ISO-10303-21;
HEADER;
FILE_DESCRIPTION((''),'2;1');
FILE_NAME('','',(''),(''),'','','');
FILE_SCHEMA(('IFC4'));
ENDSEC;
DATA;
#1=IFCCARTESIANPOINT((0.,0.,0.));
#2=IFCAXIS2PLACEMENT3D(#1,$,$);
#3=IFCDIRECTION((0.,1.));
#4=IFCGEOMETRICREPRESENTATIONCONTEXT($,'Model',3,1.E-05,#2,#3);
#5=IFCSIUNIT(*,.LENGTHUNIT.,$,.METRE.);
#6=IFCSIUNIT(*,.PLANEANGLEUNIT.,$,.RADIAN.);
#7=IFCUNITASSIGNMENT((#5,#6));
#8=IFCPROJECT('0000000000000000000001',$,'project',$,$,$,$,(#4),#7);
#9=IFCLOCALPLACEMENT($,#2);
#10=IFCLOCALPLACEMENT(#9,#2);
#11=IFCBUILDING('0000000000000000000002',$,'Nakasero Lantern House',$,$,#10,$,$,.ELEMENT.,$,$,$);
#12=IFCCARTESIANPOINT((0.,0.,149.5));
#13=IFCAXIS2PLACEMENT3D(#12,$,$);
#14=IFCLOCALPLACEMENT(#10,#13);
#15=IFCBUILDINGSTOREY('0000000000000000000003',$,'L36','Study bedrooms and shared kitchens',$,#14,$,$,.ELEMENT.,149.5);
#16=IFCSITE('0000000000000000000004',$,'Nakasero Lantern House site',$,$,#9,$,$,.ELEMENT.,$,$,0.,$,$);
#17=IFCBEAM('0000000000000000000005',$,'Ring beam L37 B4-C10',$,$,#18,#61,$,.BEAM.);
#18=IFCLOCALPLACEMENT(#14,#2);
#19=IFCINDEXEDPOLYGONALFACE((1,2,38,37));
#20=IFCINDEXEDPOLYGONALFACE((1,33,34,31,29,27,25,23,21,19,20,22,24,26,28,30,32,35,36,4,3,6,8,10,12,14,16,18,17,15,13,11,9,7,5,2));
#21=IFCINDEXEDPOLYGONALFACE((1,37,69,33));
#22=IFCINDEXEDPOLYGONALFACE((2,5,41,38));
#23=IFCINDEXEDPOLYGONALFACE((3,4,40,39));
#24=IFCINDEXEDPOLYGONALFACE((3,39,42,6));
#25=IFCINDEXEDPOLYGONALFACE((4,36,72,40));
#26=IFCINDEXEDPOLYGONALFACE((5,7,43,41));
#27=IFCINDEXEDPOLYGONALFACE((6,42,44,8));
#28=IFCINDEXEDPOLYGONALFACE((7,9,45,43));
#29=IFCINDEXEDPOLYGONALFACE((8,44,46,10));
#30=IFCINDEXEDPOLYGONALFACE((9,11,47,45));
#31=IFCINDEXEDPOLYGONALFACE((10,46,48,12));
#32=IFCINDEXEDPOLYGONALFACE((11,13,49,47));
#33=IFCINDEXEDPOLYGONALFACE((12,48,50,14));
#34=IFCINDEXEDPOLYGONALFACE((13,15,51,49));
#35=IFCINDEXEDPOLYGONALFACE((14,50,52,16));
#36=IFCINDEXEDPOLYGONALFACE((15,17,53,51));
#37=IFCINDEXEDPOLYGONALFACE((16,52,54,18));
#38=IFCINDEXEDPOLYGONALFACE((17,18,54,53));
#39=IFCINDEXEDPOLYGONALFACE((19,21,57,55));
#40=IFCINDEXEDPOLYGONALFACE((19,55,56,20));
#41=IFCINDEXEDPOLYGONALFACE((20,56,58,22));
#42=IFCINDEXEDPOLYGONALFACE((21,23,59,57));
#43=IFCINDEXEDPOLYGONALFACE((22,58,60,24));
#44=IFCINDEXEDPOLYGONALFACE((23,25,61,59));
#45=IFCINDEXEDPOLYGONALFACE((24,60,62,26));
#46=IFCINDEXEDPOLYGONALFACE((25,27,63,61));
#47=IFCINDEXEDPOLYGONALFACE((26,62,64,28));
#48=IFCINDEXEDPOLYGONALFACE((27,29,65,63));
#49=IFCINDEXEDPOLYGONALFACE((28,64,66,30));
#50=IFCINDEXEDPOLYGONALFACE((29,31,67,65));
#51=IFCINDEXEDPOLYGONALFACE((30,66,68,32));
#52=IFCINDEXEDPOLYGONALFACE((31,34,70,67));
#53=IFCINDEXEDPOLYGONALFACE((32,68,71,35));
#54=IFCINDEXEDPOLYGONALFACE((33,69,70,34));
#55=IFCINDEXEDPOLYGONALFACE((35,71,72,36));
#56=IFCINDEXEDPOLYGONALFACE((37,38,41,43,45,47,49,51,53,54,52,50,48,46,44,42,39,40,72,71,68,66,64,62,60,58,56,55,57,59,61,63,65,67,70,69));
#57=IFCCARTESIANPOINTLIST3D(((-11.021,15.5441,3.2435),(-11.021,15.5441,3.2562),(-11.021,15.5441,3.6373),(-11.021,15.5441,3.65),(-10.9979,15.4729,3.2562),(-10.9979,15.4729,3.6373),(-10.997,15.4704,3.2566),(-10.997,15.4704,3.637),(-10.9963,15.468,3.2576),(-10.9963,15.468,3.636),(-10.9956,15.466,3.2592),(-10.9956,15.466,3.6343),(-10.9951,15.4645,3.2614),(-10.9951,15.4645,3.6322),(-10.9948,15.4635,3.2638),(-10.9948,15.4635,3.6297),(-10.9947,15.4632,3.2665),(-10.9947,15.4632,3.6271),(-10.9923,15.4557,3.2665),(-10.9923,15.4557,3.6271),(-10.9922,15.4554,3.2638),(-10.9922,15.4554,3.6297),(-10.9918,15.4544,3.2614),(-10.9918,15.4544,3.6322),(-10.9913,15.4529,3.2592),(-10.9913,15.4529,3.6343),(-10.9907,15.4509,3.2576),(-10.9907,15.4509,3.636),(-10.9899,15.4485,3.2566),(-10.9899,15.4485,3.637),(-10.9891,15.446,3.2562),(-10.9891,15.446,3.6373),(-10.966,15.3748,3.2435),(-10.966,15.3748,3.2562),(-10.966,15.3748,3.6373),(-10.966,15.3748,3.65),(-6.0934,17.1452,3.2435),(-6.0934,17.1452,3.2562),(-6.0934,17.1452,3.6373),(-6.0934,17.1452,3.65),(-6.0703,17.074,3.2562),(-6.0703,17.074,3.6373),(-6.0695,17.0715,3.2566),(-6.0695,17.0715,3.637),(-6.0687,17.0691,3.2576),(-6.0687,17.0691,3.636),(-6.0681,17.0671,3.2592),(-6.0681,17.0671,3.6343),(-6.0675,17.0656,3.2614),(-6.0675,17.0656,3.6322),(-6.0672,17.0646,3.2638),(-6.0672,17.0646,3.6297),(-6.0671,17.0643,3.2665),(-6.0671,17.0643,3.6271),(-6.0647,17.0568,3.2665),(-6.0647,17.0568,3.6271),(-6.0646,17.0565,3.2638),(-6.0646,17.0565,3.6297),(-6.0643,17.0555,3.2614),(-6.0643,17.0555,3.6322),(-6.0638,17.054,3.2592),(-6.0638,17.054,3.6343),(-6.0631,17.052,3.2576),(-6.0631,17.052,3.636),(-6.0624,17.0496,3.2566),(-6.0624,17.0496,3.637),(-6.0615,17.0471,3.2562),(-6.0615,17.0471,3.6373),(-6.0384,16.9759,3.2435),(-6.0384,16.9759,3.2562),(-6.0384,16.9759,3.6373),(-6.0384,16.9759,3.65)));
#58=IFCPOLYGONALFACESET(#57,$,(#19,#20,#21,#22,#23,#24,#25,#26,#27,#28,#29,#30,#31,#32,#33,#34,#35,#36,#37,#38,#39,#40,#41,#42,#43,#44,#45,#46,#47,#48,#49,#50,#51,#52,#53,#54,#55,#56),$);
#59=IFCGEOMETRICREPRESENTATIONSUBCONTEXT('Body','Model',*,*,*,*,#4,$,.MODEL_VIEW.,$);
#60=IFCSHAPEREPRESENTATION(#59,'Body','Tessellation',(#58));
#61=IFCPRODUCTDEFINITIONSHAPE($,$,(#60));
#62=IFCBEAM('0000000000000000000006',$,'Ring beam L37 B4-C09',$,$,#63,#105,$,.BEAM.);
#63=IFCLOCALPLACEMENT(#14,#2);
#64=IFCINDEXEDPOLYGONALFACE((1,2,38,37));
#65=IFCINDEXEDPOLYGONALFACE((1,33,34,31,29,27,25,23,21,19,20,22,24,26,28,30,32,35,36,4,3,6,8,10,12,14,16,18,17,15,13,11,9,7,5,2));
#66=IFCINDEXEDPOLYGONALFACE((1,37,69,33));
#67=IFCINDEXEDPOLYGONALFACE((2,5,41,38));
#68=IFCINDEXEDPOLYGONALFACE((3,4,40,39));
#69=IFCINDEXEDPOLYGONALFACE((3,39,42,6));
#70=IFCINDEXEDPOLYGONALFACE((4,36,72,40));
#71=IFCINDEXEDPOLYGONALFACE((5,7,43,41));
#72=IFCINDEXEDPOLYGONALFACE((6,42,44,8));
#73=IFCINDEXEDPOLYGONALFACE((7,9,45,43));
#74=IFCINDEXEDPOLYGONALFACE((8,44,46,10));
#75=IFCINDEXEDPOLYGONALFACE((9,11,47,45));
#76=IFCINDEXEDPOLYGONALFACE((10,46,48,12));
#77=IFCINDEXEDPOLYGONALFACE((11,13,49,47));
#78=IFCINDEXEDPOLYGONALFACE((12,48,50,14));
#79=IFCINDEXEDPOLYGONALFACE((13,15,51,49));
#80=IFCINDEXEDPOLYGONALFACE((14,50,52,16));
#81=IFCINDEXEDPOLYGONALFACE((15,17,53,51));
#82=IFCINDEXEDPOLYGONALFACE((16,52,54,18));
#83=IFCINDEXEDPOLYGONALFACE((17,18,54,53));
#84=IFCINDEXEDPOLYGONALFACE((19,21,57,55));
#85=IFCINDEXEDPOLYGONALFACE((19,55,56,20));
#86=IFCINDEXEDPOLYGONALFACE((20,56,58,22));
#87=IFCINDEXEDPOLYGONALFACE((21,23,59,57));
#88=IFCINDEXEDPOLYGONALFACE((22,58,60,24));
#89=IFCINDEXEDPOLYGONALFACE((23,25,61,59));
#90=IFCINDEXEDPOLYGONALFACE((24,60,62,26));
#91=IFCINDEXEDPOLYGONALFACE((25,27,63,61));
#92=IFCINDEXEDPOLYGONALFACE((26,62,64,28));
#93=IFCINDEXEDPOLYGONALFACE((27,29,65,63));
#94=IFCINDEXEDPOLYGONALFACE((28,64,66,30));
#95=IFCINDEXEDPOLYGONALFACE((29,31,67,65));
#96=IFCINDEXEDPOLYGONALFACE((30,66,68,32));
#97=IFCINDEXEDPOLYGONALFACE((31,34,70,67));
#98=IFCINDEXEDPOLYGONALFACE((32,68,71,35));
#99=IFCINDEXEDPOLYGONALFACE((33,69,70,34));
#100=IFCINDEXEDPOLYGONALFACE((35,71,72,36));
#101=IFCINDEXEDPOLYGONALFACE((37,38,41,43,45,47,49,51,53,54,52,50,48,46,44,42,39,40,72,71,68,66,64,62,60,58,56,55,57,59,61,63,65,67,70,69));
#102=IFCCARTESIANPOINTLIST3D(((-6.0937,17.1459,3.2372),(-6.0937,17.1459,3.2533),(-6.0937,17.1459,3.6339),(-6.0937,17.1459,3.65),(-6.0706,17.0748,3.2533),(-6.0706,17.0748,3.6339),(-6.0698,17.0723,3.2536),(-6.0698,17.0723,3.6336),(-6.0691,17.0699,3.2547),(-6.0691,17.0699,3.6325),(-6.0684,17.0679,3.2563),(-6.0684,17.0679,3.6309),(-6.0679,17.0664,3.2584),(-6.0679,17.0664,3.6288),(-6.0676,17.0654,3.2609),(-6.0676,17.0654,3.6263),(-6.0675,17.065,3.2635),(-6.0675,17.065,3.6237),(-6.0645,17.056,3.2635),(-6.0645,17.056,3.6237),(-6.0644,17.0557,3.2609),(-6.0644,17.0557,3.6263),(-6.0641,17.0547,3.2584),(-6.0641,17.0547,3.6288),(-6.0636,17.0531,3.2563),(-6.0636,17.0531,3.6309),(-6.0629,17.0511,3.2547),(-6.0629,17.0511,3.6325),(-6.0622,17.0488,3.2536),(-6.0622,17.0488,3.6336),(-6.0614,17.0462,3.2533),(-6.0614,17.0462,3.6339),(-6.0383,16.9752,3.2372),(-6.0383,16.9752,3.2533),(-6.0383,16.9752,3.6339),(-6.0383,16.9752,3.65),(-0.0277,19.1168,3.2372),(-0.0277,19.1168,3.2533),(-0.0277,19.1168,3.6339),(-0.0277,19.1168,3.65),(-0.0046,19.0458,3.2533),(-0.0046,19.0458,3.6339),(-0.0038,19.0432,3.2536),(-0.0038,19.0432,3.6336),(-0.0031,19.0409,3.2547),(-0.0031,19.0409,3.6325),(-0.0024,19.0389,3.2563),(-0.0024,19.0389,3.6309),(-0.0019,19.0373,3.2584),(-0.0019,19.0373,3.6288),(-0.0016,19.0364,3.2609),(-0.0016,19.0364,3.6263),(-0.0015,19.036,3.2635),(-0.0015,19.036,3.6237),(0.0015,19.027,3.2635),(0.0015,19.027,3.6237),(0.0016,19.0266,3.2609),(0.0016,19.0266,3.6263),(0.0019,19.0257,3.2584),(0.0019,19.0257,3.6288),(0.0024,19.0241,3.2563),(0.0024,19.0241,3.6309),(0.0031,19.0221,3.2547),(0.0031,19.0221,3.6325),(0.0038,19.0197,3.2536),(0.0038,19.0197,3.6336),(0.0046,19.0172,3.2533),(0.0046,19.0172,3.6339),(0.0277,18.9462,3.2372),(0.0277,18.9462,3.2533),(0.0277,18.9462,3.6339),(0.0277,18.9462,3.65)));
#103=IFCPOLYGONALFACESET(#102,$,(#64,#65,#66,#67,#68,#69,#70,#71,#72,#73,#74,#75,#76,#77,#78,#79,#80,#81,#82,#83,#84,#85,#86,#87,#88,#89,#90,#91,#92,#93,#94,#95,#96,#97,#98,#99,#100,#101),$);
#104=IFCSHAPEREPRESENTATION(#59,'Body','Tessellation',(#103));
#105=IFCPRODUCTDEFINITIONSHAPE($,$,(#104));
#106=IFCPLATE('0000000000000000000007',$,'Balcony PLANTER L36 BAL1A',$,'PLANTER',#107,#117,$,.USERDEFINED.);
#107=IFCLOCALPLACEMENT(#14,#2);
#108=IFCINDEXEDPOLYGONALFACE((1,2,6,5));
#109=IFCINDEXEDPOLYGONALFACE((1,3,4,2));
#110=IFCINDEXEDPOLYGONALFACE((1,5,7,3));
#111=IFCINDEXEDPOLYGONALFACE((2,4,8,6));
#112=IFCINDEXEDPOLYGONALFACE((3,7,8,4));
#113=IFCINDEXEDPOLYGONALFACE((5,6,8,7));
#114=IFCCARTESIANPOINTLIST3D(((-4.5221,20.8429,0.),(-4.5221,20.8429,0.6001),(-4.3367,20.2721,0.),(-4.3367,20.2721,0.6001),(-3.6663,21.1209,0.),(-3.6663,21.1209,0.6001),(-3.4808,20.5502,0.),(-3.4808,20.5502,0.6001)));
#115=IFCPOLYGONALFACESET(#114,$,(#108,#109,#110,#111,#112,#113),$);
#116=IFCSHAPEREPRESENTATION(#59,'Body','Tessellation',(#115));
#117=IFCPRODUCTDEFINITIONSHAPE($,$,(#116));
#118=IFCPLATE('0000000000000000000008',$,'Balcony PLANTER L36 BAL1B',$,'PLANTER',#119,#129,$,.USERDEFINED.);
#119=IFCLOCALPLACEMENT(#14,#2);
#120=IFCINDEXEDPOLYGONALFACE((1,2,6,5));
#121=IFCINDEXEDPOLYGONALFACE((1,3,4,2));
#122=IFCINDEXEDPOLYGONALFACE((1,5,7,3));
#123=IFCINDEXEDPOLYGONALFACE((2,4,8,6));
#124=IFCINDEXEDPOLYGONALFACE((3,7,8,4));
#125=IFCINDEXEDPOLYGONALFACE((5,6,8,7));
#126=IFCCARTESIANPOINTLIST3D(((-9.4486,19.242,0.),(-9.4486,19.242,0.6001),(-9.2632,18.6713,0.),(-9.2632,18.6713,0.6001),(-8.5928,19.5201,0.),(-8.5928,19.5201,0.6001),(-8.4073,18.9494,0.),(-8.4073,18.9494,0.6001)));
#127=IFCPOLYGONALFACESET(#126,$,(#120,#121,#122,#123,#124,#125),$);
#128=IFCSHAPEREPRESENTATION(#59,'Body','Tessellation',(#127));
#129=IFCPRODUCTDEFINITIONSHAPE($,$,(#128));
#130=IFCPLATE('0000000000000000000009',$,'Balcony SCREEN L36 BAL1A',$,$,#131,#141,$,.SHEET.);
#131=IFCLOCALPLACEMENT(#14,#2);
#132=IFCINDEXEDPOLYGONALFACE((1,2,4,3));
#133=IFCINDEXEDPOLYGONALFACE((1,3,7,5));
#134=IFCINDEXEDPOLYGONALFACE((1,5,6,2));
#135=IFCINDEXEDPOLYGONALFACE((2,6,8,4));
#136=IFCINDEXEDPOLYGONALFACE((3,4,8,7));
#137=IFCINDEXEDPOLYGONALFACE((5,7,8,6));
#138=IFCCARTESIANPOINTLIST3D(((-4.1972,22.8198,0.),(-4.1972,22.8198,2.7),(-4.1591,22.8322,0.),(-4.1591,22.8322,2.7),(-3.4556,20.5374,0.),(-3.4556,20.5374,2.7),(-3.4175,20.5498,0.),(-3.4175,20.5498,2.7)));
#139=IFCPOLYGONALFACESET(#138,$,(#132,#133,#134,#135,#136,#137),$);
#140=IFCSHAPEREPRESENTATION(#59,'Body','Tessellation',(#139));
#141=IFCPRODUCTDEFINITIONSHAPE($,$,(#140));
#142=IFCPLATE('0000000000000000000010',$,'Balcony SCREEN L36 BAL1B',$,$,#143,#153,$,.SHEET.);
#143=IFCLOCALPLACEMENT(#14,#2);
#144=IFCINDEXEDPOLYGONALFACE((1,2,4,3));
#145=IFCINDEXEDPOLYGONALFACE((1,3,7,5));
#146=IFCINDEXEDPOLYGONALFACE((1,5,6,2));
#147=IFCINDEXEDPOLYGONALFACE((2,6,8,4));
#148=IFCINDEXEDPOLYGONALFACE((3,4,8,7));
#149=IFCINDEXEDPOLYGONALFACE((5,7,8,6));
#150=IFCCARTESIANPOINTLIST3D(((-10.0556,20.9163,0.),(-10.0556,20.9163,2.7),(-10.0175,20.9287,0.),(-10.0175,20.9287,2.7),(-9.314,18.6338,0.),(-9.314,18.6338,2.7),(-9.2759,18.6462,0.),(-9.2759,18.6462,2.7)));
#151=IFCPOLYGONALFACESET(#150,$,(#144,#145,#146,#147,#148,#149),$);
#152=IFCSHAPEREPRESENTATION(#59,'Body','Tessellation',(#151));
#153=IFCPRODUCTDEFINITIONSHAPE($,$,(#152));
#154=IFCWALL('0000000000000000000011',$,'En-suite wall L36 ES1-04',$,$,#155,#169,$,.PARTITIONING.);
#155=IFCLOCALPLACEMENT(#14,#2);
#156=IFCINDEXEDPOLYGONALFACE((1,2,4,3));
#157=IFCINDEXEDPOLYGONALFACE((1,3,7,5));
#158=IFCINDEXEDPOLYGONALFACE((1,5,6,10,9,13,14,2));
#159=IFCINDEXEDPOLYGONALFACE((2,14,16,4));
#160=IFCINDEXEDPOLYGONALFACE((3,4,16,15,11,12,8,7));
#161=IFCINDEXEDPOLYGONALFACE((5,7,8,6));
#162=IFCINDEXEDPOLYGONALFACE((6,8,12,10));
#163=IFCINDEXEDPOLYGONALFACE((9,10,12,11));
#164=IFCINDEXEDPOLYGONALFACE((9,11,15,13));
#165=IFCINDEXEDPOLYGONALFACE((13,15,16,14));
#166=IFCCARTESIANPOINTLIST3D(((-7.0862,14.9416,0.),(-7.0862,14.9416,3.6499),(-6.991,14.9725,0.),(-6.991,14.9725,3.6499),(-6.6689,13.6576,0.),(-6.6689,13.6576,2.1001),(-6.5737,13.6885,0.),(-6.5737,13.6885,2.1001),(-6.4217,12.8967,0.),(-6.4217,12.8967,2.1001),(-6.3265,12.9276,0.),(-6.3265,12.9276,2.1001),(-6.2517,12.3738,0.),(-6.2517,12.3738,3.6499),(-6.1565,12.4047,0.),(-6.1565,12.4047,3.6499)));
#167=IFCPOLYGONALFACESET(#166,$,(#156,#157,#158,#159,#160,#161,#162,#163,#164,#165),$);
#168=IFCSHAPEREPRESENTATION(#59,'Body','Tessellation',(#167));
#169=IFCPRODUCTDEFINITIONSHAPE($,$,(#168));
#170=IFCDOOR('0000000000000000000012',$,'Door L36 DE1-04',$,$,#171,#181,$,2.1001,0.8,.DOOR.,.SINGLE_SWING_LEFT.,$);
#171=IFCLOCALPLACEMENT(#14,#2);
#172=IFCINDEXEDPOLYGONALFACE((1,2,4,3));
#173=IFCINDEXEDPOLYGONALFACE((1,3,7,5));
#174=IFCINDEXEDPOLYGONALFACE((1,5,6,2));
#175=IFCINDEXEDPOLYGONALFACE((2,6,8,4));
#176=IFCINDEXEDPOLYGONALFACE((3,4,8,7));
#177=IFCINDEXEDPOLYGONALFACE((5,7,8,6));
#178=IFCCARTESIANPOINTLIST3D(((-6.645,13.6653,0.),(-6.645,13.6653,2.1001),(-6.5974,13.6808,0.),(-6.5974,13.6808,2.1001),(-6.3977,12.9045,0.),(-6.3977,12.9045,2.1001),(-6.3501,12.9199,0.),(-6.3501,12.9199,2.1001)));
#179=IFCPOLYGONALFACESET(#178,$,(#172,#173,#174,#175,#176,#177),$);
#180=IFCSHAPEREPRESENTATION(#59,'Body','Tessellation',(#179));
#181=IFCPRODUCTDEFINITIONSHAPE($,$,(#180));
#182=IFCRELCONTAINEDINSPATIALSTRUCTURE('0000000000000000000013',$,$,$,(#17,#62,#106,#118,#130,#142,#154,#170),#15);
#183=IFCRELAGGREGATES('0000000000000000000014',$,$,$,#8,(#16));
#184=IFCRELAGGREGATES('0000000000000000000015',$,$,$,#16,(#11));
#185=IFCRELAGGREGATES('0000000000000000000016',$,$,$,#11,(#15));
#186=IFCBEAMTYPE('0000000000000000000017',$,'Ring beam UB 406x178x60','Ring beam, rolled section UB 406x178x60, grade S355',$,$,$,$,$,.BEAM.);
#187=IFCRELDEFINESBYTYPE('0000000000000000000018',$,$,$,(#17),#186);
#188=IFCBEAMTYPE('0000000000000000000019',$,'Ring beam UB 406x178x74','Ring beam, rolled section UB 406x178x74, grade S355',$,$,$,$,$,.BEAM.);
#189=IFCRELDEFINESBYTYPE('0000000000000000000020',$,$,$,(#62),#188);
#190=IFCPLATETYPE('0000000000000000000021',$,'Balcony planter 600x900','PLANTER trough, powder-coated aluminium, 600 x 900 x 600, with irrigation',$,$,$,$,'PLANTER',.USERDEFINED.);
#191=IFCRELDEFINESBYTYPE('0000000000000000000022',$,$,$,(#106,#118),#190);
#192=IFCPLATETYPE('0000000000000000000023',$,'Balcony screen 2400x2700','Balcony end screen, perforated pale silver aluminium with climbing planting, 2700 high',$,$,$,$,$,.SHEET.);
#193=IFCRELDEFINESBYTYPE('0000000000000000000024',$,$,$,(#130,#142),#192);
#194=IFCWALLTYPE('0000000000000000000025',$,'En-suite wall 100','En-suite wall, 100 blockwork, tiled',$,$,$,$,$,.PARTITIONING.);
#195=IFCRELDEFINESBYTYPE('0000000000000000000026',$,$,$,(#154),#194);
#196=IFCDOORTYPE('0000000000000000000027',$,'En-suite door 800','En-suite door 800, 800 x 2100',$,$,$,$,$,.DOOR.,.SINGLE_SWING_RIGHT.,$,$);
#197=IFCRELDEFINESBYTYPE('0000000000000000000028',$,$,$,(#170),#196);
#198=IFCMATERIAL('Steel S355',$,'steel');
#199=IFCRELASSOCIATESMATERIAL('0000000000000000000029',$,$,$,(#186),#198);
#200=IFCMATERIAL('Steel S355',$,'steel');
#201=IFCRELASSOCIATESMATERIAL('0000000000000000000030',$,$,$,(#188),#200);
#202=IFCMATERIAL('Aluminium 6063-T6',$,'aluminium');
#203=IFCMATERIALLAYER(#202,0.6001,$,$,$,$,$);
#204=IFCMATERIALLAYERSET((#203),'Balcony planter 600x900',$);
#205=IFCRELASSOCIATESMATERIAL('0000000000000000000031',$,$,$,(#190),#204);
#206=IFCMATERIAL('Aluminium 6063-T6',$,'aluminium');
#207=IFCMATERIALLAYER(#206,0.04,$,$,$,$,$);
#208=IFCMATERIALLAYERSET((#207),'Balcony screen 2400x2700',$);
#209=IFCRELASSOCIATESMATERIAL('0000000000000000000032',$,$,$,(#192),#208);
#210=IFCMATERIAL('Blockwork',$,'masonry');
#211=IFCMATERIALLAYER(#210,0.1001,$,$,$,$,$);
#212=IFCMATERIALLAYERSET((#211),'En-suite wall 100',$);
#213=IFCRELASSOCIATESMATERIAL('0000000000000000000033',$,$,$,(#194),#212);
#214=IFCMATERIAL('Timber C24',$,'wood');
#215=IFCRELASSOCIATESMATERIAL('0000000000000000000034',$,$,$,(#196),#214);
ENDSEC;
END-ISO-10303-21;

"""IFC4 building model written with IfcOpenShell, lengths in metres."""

from ifc_helpers import new_model, si_unit, direction, frame, frame_2d, origin, origin_2d, place, context, subcontext, project, spatial, rectangle, i_section, extrude, material, layer, layer_set, material_profile, profile_set, type_object, element, fill, save


model = new_model("IFC4")

# Units and contexts
model_context = context("Model", 3, precision=1e-05, world=origin(), true_north=direction((0.0, 1.0)))
body_context = subcontext(model_context, "Body", "Model", "MODEL_VIEW")
ifc_project = project(units=[si_unit("LENGTHUNIT", "METRE"), si_unit("PLANEANGLEUNIT", "RADIAN")], contexts=[model_context])

# Site, building, storey
site_placement = place(None, origin())
site = spatial("IfcSite", under=ifc_project, at=site_placement, Name="Nakasero Lantern House site", CompositionType="ELEMENT", RefElevation=0.0)
building_placement = place(site_placement, origin())
building = spatial("IfcBuilding", under=site, at=building_placement, Name="Nakasero Lantern House", CompositionType="ELEMENT")
storey_placement = place(building_placement, frame((0.0, 0.0, 149.5)))
storey = spatial("IfcBuildingStorey", under=building, at=storey_placement, Name="L36", Description="Study bedrooms and shared kitchens", CompositionType="ELEMENT", Elevation=149.5)

# Beams
ifc_material_1 = material(Name="Steel S355", Category="steel")
ifc_material_profile_1 = material_profile(ifc_material_1, i_section(OverallWidth=0.178, OverallDepth=0.4065, WebThickness=0.0078, FlangeThickness=0.0127, FilletRadius=0.0103, at=origin_2d()), Name="UB 406x178x60")
ifc_profile_set_1 = profile_set([ifc_material_profile_1], Name="Steel S355")
beam_type_1 = type_object("IfcBeamType", Name="Ring beam UB 406x178x60", Description="Ring beam, rolled section UB 406x178x60, grade S355", PredefinedType="BEAM", material=ifc_profile_set_1)
beam_1_placement = place(storey_placement, frame((-6.0659, 17.0605, 3.4468), z_axis=(-0.951054, -0.309023, 0.0), x_axis=(0.309023, -0.951054, 0.0)))
element("IfcBeam", 1, at=beam_1_placement, inside=storey, type_object=beam_type_1, Name="Ring beam L37 B4-C10", PredefinedType="BEAM", context=body_context, shape_type="SweptSolid", body=[
    extrude(i_section(OverallWidth=0.178, OverallDepth=0.4065, WebThickness=0.0078, FlangeThickness=0.0127, FilletRadius=0.0103, at=origin_2d()), origin(), (0.0, 0.0, 1.0), 5.1812),
])
ifc_material_2 = material(Name="Steel S355", Category="steel")
ifc_material_profile_2 = material_profile(ifc_material_2, i_section(OverallWidth=0.1794, OverallDepth=0.4128, WebThickness=0.0095, FlangeThickness=0.0161, FilletRadius=0.0103, at=origin_2d()), Name="UB 406x178x74")
ifc_profile_set_2 = profile_set([ifc_material_profile_2], Name="Steel S355")
beam_type_2 = type_object("IfcBeamType", Name="Ring beam UB 406x178x74", Description="Ring beam, rolled section UB 406x178x74, grade S355", PredefinedType="BEAM", material=ifc_profile_set_2)
beam_2_placement = place(storey_placement, frame((0.0, 19.0315, 3.4436), z_axis=(-0.951056, -0.309019, 0.0), x_axis=(0.309019, -0.951056, 0.0)))
element("IfcBeam", 2, at=beam_2_placement, inside=storey, type_object=beam_type_2, Name="Ring beam L37 B4-C09", PredefinedType="BEAM", context=body_context, shape_type="SweptSolid", body=[
    extrude(i_section(OverallWidth=0.1794, OverallDepth=0.4128, WebThickness=0.0095, FlangeThickness=0.0161, FilletRadius=0.0103, at=origin_2d()), origin(), (0.0, 0.0, 1.0), 6.3782),
])

# Plates
ifc_material_3 = material(Name="Aluminium 6063-T6", Category="aluminium")
ifc_layer_1 = layer(ifc_material_3, 0.6001)
ifc_layer_set_1 = layer_set([ifc_layer_1], Name="Balcony planter 600x900")
plate_type_1 = type_object("IfcPlateType", Name="Balcony planter 600x900", Description="PLANTER trough, powder-coated aluminium, 600 x 900 x 600, with irrigation", ElementType="PLANTER", PredefinedType="USERDEFINED", material=ifc_layer_set_1)
for number, where, z_axis, x_axis, name in (
    (3, (-4.0015, 20.6965, 0.0), (0.0, 0.0, 1.0), (-0.309017, 0.951057, 0.0), "Balcony PLANTER L36 BAL1A"),
    (4, (-8.928, 19.0957, 0.0), (0.0, 0.0, 1.0), (-0.309017, 0.951057, 0.0), "Balcony PLANTER L36 BAL1B"),
):
    element("IfcPlate", number, at=place(storey_placement, frame(where, z_axis=z_axis, x_axis=x_axis)), inside=storey, type_object=plate_type_1, Name=name, ObjectType="PLANTER", PredefinedType="USERDEFINED", context=body_context, shape_type="SweptSolid", body=[
        extrude(rectangle(XDim=0.6001, YDim=0.8999, at=origin_2d()), origin(), (0.0, 0.0, 1.0), 0.6001),
    ])
ifc_material_4 = material(Name="Aluminium 6063-T6", Category="aluminium")
ifc_layer_2 = layer(ifc_material_4, 0.04)
ifc_layer_set_2 = layer_set([ifc_layer_2], Name="Balcony screen 2400x2700")
plate_type_2 = type_object("IfcPlateType", Name="Balcony screen 2400x2700", Description="Balcony end screen, perforated pale silver aluminium with climbing planting, 2700 high", PredefinedType="SHEET", material=ifc_layer_set_2)
for number, where, z_axis, x_axis, name in (
    (5, (-3.8074, 21.6848, 0.0), (0.0, 0.0, 1.0), (-0.309017, 0.951057, 0.0), "Balcony SCREEN L36 BAL1A"),
    (6, (-9.6658, 19.7812, 0.0), (0.0, 0.0, 1.0), (-0.309017, 0.951057, 0.0), "Balcony SCREEN L36 BAL1B"),
):
    element("IfcPlate", number, at=place(storey_placement, frame(where, z_axis=z_axis, x_axis=x_axis)), inside=storey, type_object=plate_type_2, Name=name, PredefinedType="SHEET", context=body_context, shape_type="SweptSolid", body=[
        extrude(rectangle(XDim=2.3999, YDim=0.04, at=origin_2d()), origin(), (0.0, 0.0, 1.0), 2.7),
    ])

# Wall, opening, door
ifc_material_5 = material(Name="Blockwork", Category="masonry")
ifc_layer_3 = layer(ifc_material_5, 0.1001)
ifc_layer_set_3 = layer_set([ifc_layer_3], Name="En-suite wall 100")
wall_type_1 = type_object("IfcWallType", Name="En-suite wall 100", Description="En-suite wall, 100 blockwork, tiled", PredefinedType="PARTITIONING", material=ifc_layer_set_3)
wall_1_placement = place(storey_placement, frame((-6.2041, 12.3892, 0.0), z_axis=(0.0, 0.0, 1.0), x_axis=(-0.309057, 0.951043, 0.0)))
wall_1 = element("IfcWall", 7, at=wall_1_placement, inside=storey, type_object=wall_type_1, Name="En-suite wall L36 ES1-04", PredefinedType="PARTITIONING", context=body_context, shape_type="SweptSolid", body=[
    extrude(rectangle(XDim=2.7, YDim=0.1001, at=frame_2d((1.3501, 0.0))), origin(), (0.0, 0.0, 1.0), 3.6499),
])
opening_1_placement = place(wall_1_placement, frame((0.55, 0.0, 0.0)))
opening_1 = element("IfcOpeningElement", 8, at=opening_1_placement, cuts=wall_1, PredefinedType="OPENING", context=body_context, shape_type="SweptSolid", body=[
    extrude(rectangle(XDim=0.8, YDim=2.1001, at=frame_2d((0.3999, 1.05))), frame((0.0, 0.0701, 0.0), z_axis=(0.0, -1.0, 0.0), x_axis=(1.0, 0.0, 0.0)), (0.0, 0.0, 1.0), 0.1401),
])
ifc_material_6 = material(Name="Timber C24", Category="wood")
door_type_1 = type_object("IfcDoorType", Name="En-suite door 800", Description="En-suite door 800, 800 x 2100", OperationType="SINGLE_SWING_RIGHT", PredefinedType="DOOR", material=ifc_material_6)
door_1_placement = place(opening_1_placement, origin())
door_1 = element("IfcDoor", 9, at=door_1_placement, inside=storey, type_object=door_type_1, Name="Door L36 DE1-04", OperationType="SINGLE_SWING_LEFT", OverallHeight=2.1001, OverallWidth=0.8, PredefinedType="DOOR", context=body_context, shape_type="SweptSolid", body=[
    extrude(rectangle(XDim=0.8, YDim=2.1001, at=frame_2d((0.3999, 1.05))), frame((0.0, 0.0249, 0.0), z_axis=(0.0, -1.0, 0.0), x_axis=(1.0, 0.0, 0.0)), (0.0, 0.0, 1.0), 0.05),
])
fill(opening_1, door_1)

save(model, "model.ifc")
